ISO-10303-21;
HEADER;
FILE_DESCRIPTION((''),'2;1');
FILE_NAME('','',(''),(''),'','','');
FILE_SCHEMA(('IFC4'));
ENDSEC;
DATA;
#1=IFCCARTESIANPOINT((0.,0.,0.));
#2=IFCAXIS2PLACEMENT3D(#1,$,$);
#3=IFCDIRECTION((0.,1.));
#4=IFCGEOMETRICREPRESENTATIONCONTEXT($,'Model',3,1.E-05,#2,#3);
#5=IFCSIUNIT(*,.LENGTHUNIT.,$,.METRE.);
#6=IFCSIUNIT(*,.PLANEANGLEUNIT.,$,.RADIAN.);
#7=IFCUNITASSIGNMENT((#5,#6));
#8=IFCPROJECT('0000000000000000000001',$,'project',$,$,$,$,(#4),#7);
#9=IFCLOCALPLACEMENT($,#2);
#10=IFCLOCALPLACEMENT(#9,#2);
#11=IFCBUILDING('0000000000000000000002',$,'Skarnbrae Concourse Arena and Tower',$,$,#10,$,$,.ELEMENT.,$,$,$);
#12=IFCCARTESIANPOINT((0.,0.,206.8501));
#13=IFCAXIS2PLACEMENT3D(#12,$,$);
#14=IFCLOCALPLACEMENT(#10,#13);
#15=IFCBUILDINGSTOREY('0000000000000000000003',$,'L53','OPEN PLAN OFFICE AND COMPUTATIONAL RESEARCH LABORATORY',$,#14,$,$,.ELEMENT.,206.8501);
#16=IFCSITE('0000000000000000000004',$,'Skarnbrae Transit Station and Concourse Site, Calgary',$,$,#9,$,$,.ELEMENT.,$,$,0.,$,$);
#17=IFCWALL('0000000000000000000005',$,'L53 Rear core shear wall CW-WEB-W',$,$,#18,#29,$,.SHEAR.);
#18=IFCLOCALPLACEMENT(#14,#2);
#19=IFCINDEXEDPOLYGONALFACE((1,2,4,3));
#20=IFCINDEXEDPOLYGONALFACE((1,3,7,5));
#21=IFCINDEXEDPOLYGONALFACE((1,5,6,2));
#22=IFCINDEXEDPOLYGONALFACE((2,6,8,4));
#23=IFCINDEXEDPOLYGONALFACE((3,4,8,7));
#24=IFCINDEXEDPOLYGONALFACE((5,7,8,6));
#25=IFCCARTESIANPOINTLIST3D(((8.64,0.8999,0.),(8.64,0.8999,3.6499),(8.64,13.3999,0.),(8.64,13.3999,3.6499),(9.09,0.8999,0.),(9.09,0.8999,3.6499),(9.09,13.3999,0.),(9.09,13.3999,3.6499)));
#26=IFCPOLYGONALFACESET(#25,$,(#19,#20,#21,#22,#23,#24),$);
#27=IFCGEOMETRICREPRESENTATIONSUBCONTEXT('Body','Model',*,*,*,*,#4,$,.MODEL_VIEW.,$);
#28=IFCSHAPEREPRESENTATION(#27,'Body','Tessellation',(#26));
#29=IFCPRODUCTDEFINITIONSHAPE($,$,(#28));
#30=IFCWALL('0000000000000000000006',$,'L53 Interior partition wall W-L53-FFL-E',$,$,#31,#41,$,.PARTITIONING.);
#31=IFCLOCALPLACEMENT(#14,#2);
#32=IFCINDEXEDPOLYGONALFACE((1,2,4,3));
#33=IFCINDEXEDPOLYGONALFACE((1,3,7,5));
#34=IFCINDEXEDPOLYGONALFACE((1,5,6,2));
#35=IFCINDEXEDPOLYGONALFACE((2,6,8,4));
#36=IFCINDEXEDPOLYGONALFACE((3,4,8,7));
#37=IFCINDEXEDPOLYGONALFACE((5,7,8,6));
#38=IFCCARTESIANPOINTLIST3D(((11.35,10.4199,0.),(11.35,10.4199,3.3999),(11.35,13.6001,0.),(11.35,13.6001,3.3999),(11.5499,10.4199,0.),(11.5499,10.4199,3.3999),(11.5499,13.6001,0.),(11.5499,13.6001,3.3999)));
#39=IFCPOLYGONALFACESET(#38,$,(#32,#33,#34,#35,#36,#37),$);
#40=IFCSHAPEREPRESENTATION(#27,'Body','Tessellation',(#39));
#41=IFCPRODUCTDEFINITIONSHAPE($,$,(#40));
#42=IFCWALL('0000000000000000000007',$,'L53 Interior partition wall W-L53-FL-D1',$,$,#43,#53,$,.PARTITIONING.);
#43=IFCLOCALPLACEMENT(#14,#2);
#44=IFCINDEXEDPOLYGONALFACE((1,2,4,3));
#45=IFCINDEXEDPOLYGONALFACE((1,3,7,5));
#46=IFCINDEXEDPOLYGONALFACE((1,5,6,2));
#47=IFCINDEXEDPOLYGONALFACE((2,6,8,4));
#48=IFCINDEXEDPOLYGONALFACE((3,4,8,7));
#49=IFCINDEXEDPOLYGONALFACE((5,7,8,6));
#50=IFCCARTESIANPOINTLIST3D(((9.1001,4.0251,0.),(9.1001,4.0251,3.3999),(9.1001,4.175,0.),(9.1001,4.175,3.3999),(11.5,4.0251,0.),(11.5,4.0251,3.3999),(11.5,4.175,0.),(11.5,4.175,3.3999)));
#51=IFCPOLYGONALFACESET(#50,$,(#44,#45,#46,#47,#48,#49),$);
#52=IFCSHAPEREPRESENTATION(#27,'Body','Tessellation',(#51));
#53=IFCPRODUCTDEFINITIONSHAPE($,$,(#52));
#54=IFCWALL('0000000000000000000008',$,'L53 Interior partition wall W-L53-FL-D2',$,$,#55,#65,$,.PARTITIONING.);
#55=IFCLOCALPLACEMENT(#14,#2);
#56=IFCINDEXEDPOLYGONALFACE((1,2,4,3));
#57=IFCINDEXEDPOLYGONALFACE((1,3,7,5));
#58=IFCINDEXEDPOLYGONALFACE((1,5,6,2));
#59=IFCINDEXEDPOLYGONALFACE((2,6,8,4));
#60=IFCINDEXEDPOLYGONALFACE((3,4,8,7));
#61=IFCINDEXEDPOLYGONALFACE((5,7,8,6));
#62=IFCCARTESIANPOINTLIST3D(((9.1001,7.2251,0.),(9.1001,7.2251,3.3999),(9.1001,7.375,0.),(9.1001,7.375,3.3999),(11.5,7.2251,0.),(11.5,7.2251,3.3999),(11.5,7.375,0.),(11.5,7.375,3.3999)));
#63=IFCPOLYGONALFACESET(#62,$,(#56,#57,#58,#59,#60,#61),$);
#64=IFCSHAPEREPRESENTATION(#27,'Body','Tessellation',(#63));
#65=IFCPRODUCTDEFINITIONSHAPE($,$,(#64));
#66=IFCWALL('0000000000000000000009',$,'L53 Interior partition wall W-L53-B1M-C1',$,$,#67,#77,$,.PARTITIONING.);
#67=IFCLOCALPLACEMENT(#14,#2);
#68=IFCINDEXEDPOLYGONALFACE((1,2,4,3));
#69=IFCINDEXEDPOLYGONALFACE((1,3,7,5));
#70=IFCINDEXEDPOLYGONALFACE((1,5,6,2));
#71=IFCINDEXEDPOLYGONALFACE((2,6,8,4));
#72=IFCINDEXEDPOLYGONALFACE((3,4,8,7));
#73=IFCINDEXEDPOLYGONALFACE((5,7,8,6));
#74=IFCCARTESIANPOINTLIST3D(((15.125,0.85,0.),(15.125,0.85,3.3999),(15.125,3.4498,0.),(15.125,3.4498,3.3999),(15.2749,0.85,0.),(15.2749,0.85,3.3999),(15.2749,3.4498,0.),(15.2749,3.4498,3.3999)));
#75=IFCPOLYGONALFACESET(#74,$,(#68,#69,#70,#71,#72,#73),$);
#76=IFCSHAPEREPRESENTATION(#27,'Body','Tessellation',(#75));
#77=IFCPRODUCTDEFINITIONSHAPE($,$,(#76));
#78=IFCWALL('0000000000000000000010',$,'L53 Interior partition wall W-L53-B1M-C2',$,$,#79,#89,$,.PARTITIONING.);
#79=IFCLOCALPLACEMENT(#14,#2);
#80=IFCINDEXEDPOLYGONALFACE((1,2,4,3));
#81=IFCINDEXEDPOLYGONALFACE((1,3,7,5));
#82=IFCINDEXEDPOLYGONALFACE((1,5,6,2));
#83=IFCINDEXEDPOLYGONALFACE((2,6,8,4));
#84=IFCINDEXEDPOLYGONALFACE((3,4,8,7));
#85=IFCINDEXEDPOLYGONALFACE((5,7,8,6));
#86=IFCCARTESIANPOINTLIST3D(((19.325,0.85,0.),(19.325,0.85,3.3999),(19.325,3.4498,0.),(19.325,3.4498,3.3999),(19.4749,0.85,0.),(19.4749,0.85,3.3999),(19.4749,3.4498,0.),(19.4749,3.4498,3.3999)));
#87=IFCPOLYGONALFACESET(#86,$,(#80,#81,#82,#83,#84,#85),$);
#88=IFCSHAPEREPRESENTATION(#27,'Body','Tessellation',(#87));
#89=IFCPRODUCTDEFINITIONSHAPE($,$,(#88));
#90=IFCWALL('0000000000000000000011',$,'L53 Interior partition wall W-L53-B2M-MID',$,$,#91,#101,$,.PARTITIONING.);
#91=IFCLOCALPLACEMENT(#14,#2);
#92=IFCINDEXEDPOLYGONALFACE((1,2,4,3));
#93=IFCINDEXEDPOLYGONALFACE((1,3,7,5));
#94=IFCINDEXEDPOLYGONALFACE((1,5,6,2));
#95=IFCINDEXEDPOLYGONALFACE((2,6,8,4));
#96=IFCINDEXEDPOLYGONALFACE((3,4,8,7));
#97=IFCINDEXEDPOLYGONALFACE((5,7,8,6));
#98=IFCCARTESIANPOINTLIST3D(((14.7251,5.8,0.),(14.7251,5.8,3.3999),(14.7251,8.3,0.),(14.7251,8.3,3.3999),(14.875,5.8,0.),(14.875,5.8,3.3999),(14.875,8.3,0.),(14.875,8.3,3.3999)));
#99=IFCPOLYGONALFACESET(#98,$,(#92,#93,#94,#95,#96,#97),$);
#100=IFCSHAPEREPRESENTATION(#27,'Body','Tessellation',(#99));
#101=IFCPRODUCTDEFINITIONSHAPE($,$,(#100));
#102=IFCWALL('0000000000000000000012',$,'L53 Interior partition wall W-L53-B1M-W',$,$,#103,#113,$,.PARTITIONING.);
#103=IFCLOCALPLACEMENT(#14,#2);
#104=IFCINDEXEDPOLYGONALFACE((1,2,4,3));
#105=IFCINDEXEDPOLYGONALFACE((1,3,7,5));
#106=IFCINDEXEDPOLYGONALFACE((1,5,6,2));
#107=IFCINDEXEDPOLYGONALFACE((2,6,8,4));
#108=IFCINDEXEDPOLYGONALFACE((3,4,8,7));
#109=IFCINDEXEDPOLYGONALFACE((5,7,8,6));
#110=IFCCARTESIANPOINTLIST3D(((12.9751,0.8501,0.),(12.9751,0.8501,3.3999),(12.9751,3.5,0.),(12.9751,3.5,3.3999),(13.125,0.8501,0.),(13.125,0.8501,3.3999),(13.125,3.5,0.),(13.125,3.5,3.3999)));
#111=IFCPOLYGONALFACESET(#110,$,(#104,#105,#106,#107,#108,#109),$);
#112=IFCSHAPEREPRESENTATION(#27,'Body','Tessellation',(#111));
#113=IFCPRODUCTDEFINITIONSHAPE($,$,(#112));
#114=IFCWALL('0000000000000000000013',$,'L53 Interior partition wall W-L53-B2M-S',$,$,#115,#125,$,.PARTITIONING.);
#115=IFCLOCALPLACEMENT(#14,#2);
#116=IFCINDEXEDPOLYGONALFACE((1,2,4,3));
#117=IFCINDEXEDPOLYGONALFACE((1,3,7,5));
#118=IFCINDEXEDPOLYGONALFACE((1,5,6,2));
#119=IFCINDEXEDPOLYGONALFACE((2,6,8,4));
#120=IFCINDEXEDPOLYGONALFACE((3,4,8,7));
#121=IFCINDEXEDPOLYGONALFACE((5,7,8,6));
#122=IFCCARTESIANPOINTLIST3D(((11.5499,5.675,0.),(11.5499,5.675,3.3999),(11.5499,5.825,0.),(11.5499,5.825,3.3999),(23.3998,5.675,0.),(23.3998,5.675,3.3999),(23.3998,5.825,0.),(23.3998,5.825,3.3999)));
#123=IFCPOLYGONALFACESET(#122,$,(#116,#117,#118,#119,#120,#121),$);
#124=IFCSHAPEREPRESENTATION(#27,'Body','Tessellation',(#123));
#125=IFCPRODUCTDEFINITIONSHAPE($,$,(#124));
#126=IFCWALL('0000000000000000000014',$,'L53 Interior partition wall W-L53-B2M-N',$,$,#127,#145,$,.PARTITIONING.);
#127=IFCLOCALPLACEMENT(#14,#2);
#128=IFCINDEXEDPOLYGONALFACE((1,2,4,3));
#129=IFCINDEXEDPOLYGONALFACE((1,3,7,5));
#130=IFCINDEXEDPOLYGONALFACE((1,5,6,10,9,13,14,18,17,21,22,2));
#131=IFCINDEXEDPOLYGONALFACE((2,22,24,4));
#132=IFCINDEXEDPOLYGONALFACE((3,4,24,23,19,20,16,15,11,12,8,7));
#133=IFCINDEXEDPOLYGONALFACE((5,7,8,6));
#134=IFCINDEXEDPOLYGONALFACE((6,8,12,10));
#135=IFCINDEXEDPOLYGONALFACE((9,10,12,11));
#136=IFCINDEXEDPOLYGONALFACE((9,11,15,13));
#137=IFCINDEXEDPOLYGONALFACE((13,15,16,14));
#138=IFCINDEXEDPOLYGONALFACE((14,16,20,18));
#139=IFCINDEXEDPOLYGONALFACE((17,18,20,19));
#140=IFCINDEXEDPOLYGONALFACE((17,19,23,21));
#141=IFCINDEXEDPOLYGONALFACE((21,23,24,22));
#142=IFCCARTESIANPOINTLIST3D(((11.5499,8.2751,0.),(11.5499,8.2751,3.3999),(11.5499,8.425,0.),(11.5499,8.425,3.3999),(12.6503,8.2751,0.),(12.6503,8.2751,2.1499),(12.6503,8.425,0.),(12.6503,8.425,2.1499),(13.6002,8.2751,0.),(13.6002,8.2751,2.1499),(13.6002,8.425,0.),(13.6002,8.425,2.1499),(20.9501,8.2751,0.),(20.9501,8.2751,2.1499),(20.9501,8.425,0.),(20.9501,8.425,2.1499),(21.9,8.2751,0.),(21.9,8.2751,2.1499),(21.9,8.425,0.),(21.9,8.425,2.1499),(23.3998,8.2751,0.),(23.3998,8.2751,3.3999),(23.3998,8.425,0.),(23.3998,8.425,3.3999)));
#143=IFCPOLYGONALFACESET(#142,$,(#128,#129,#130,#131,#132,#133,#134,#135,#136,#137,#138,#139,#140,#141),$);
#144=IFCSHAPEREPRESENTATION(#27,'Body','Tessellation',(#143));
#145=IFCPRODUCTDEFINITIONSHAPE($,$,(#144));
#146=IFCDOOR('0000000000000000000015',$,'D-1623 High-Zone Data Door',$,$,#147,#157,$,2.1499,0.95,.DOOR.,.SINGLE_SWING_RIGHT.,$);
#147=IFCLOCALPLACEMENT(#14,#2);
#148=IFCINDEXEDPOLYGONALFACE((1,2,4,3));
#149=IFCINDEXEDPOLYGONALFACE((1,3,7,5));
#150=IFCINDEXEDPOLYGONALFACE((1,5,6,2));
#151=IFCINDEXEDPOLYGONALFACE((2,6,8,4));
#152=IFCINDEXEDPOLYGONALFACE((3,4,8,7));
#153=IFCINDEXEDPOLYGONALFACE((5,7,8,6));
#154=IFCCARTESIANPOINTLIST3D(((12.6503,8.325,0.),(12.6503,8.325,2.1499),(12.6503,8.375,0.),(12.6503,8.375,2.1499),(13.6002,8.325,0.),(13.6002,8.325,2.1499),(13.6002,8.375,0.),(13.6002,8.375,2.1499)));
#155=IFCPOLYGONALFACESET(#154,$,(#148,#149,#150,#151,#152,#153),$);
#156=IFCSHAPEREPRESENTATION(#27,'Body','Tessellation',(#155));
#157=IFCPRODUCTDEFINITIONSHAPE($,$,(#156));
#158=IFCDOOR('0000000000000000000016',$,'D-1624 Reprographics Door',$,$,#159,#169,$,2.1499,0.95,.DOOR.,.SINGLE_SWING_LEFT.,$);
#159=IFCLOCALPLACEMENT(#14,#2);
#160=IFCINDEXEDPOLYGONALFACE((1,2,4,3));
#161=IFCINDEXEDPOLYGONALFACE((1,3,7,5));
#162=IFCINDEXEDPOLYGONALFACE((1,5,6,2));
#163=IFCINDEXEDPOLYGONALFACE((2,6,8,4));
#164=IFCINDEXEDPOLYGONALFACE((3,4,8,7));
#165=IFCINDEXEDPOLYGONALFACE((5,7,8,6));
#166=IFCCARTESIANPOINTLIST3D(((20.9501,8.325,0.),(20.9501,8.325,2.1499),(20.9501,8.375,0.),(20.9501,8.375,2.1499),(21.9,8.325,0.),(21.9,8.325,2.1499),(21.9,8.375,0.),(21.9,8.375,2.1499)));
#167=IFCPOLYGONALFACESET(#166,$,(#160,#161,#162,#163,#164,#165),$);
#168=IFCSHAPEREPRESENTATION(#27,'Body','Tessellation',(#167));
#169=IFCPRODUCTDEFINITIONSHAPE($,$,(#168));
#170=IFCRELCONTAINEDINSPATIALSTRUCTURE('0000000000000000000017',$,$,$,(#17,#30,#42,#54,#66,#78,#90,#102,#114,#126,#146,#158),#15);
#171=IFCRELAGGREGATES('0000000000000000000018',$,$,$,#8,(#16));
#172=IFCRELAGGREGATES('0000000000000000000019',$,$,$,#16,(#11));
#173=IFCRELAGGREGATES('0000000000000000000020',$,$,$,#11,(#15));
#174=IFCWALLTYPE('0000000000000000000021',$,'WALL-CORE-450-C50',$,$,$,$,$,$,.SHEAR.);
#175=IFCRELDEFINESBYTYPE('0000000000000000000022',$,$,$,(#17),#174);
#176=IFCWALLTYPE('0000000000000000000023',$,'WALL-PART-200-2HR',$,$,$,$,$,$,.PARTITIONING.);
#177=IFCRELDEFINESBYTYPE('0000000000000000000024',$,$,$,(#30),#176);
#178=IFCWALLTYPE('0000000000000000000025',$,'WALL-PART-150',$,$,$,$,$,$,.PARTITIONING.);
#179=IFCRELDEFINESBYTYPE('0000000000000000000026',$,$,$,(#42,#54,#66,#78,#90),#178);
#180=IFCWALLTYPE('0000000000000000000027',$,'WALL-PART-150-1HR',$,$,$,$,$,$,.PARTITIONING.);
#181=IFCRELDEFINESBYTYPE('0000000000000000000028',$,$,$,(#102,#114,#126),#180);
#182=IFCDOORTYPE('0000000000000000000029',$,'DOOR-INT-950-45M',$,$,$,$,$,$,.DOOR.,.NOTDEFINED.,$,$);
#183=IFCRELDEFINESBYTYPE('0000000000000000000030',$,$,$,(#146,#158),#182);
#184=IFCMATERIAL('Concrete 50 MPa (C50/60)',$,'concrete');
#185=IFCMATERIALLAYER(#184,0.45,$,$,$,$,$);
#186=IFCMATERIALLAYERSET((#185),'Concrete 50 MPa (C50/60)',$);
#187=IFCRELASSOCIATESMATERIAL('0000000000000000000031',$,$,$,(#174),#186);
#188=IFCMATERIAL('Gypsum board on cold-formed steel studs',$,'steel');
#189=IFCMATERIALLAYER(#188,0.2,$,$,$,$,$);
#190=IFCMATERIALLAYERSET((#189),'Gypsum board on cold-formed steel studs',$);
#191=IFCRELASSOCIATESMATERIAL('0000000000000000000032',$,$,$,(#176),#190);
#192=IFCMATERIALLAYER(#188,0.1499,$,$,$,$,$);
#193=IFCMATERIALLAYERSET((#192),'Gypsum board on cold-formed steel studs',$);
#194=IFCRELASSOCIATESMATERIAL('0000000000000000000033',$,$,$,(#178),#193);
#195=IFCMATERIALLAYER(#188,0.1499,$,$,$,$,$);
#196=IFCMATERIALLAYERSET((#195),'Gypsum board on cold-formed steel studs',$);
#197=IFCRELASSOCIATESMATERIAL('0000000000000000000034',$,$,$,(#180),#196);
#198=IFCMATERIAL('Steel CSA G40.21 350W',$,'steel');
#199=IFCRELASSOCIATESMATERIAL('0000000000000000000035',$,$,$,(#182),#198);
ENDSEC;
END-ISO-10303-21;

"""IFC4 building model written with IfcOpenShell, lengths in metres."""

from ifc_helpers import new_model, si_unit, direction, frame, frame_2d, origin, place, context, subcontext, project, spatial, rectangle, extrude, source, transform, mapped, material, layer, layer_set, type_object, element, fill, save


model = new_model("IFC4")

# Units and contexts
model_context = context("Model", 3, precision=1e-05, world=origin(), true_north=direction((0.0, 1.0)))
body_context = subcontext(model_context, "Body", "Model", "MODEL_VIEW")
ifc_project = project(units=[si_unit("LENGTHUNIT", "METRE"), si_unit("PLANEANGLEUNIT", "RADIAN")], contexts=[model_context])

# Site, building, storey
site_placement = place(None, origin())
site = spatial("IfcSite", under=ifc_project, at=site_placement, Name="Skarnbrae Transit Station and Concourse Site, Calgary", CompositionType="ELEMENT", RefElevation=0.0)
building_placement = place(site_placement, origin())
building = spatial("IfcBuilding", under=site, at=building_placement, Name="Skarnbrae Concourse Arena and Tower", CompositionType="ELEMENT")
storey_placement = place(building_placement, frame((0.0, 0.0, 206.8501)))
storey = spatial("IfcBuildingStorey", under=building, at=storey_placement, Name="L53", Description="OPEN PLAN OFFICE AND COMPUTATIONAL RESEARCH LABORATORY", CompositionType="ELEMENT", Elevation=206.8501)

# Walls
ifc_material_1 = material(Name="Concrete 50 MPa (C50/60)", Category="concrete")
ifc_layer_1 = layer(ifc_material_1, 0.45)
ifc_layer_set_1 = layer_set([ifc_layer_1], Name="Concrete 50 MPa (C50/60)")
wall_type_1 = type_object("IfcWallType", Name="WALL-CORE-450-C50", PredefinedType="SHEAR", material=ifc_layer_set_1)
shared_shape_1 = source(origin(), body_context, "Body", "SweptSolid", [
    extrude(rectangle(XDim=12.5, YDim=0.45, at=frame_2d((6.25, 0.0))), origin(), (0.0, 0.0, 1.0), 3.6499),
])
wall_1_placement = place(storey_placement, frame((8.865, 0.8999, 0.0), z_axis=(0.0, 0.0, 1.0), x_axis=(0.0, 1.0, 0.0)))
element("IfcWall", 1, at=wall_1_placement, inside=storey, type_object=wall_type_1, Name="L53 Rear core shear wall CW-WEB-W", PredefinedType="SHEAR", context=body_context, shape_type="MappedRepresentation", body=[
    mapped(shared_shape_1, transform((0.0, 0.0, 0.0))),
])
ifc_material_2 = material(Name="Gypsum board on cold-formed steel studs", Category="steel")
ifc_layer_2 = layer(ifc_material_2, 0.2)
ifc_layer_set_2 = layer_set([ifc_layer_2], Name="Gypsum board on cold-formed steel studs")
wall_type_2 = type_object("IfcWallType", Name="WALL-PART-200-2HR", PredefinedType="PARTITIONING", material=ifc_layer_set_2)
shared_shape_2 = source(origin(), body_context, "Body", "SweptSolid", [
    extrude(rectangle(XDim=3.1802, YDim=0.2, at=frame_2d((1.5901, 0.0))), origin(), (0.0, 0.0, 1.0), 3.3999),
])
wall_2_placement = place(storey_placement, frame((11.45, 10.4199, 0.0), z_axis=(0.0, 0.0, 1.0), x_axis=(0.0, 1.0, 0.0)))
element("IfcWall", 2, at=wall_2_placement, inside=storey, type_object=wall_type_2, Name="L53 Interior partition wall W-L53-FFL-E", PredefinedType="PARTITIONING", context=body_context, shape_type="MappedRepresentation", body=[
    mapped(shared_shape_2, transform((0.0, 0.0, 0.0))),
])

# Shared definitions
ifc_material_3 = material(Name="Steel CSA G40.21 350W", Category="steel")

# Walls
ifc_layer_3 = layer(ifc_material_2, 0.1499)
ifc_layer_set_3 = layer_set([ifc_layer_3], Name="Gypsum board on cold-formed steel studs")
wall_type_3 = type_object("IfcWallType", Name="WALL-PART-150", PredefinedType="PARTITIONING", material=ifc_layer_set_3)
shared_shape_3 = source(origin(), body_context, "Body", "SweptSolid", [
    extrude(rectangle(XDim=2.3999, YDim=0.1499, at=frame_2d((1.2, 0.0))), origin(), (0.0, 0.0, 1.0), 3.3999),
])
for number, where, z_axis, x_axis, name in (
    (3, (9.1001, 4.1001, 0.0), (0.0, 0.0, 1.0), (1.0, 0.0, 0.0), "L53 Interior partition wall W-L53-FL-D1"),
    (4, (9.1001, 7.3, 0.0), (0.0, 0.0, 1.0), (1.0, 0.0, 0.0), "L53 Interior partition wall W-L53-FL-D2"),
):
    element("IfcWall", number, at=place(storey_placement, frame(where, z_axis=z_axis, x_axis=x_axis)), inside=storey, type_object=wall_type_3, Name=name, PredefinedType="PARTITIONING", context=body_context, shape_type="MappedRepresentation", body=[
        mapped(shared_shape_3, transform((0.0, 0.0, 0.0))),
    ])
shared_shape_4 = source(origin(), body_context, "Body", "SweptSolid", [
    extrude(rectangle(XDim=2.5999, YDim=0.1499, at=frame_2d((1.2998, 0.0))), origin(), (0.0, 0.0, 1.0), 3.3999),
])
for number, where, z_axis, x_axis, name in (
    (5, (15.2, 0.8501, 0.0), (0.0, 0.0, 1.0), (0.0, 1.0, 0.0), "L53 Interior partition wall W-L53-B1M-C1"),
    (6, (19.3999, 0.8501, 0.0), (0.0, 0.0, 1.0), (0.0, 1.0, 0.0), "L53 Interior partition wall W-L53-B1M-C2"),
):
    element("IfcWall", number, at=place(storey_placement, frame(where, z_axis=z_axis, x_axis=x_axis)), inside=storey, type_object=wall_type_3, Name=name, PredefinedType="PARTITIONING", context=body_context, shape_type="MappedRepresentation", body=[
        mapped(shared_shape_4, transform((0.0, 0.0, 0.0))),
    ])
shared_shape_5 = source(origin(), body_context, "Body", "SweptSolid", [
    extrude(rectangle(XDim=2.5, YDim=0.1499, at=frame_2d((1.25, 0.0))), origin(), (0.0, 0.0, 1.0), 3.3999),
])
wall_3_placement = place(storey_placement, frame((14.8, 5.8, 0.0), z_axis=(0.0, 0.0, 1.0), x_axis=(0.0, 1.0, 0.0)))
element("IfcWall", 7, at=wall_3_placement, inside=storey, type_object=wall_type_3, Name="L53 Interior partition wall W-L53-B2M-MID", PredefinedType="PARTITIONING", context=body_context, shape_type="MappedRepresentation", body=[
    mapped(shared_shape_5, transform((0.0, 0.0, 0.0))),
])
ifc_layer_4 = layer(ifc_material_2, 0.1499)
ifc_layer_set_4 = layer_set([ifc_layer_4], Name="Gypsum board on cold-formed steel studs")
wall_type_4 = type_object("IfcWallType", Name="WALL-PART-150-1HR", PredefinedType="PARTITIONING", material=ifc_layer_set_4)
shared_shape_6 = source(origin(), body_context, "Body", "SweptSolid", [
    extrude(rectangle(XDim=2.6499, YDim=0.1499, at=frame_2d((1.325, 0.0))), origin(), (0.0, 0.0, 1.0), 3.3999),
])
wall_4_placement = place(storey_placement, frame((13.05, 0.8501, 0.0), z_axis=(0.0, 0.0, 1.0), x_axis=(0.0, 1.0, 0.0)))
element("IfcWall", 8, at=wall_4_placement, inside=storey, type_object=wall_type_4, Name="L53 Interior partition wall W-L53-B1M-W", PredefinedType="PARTITIONING", context=body_context, shape_type="MappedRepresentation", body=[
    mapped(shared_shape_6, transform((0.0, 0.0, 0.0))),
])

# Shared definitions
door_type_1 = type_object("IfcDoorType", Name="DOOR-INT-950-45M", OperationType="NOTDEFINED", PredefinedType="DOOR", material=ifc_material_3)
shared_shape_7 = source(origin(), body_context, "Body", "SweptSolid", [
    extrude(rectangle(XDim=0.95, YDim=2.1499, at=frame_2d((0.4751, 1.075))), frame((0.0, 0.0249, 0.0), z_axis=(0.0, -1.0, 0.0), x_axis=(1.0, 0.0, 0.0)), (0.0, 0.0, 1.0), 0.05),
])

# Wall
shared_shape_8 = source(origin(), body_context, "Body", "SweptSolid", [
    extrude(rectangle(XDim=11.8499, YDim=0.1499, at=frame_2d((5.9248, 0.0))), origin(), (0.0, 0.0, 1.0), 3.3999),
])
wall_5_placement = place(storey_placement, frame((11.55, 5.75, 0.0), z_axis=(0.0, 0.0, 1.0), x_axis=(1.0, 0.0, 0.0)))
element("IfcWall", 9, at=wall_5_placement, inside=storey, type_object=wall_type_4, Name="L53 Interior partition wall W-L53-B2M-S", PredefinedType="PARTITIONING", context=body_context, shape_type="MappedRepresentation", body=[
    mapped(shared_shape_8, transform((0.0, 0.0, 0.0))),
])

# Wall, openings, doors
wall_6_placement = place(storey_placement, frame((11.55, 8.3501, 0.0), z_axis=(0.0, 0.0, 1.0), x_axis=(1.0, 0.0, 0.0)))
wall_6 = element("IfcWall", 10, at=wall_6_placement, inside=storey, type_object=wall_type_4, Name="L53 Interior partition wall W-L53-B2M-N", PredefinedType="PARTITIONING", context=body_context, shape_type="MappedRepresentation", body=[
    mapped(shared_shape_8, transform((0.0, 0.0, 0.0))),
])
opening_1_placement = place(wall_6_placement, frame((1.1001, 0.0, 0.0)))
opening_1 = element("IfcOpeningElement", 11, at=opening_1_placement, cuts=wall_6, PredefinedType="OPENING", context=body_context, shape_type="SweptSolid", body=[
    extrude(rectangle(XDim=0.95, YDim=2.1499, at=frame_2d((0.4751, 1.075))), frame((0.0, 0.085, 0.0), z_axis=(0.0, -1.0, 0.0), x_axis=(1.0, 0.0, 0.0)), (0.0, 0.0, 1.0), 0.1699),
])
opening_2_placement = place(wall_6_placement, frame((9.3999, 0.0, 0.0)))
opening_2 = element("IfcOpeningElement", 12, at=opening_2_placement, cuts=wall_6, PredefinedType="OPENING", context=body_context, shape_type="SweptSolid", body=[
    extrude(rectangle(XDim=0.95, YDim=2.1499, at=frame_2d((0.4751, 1.075))), frame((0.0, 0.085, 0.0), z_axis=(0.0, -1.0, 0.0), x_axis=(1.0, 0.0, 0.0)), (0.0, 0.0, 1.0), 0.1699),
])
door_1_placement = place(opening_1_placement, origin())
door_1 = element("IfcDoor", 13, at=door_1_placement, inside=storey, type_object=door_type_1, Name="D-1623 High-Zone Data Door", OperationType="SINGLE_SWING_RIGHT", OverallHeight=2.1499, OverallWidth=0.95, PredefinedType="DOOR", context=body_context, shape_type="MappedRepresentation", body=[
    mapped(shared_shape_7, transform((0.0, 0.0, 0.0))),
])
fill(opening_1, door_1)
door_2_placement = place(opening_2_placement, origin())
door_2 = element("IfcDoor", 14, at=door_2_placement, inside=storey, type_object=door_type_1, Name="D-1624 Reprographics Door", OperationType="SINGLE_SWING_LEFT", OverallHeight=2.1499, OverallWidth=0.95, PredefinedType="DOOR", context=body_context, shape_type="MappedRepresentation", body=[
    mapped(shared_shape_7, transform((0.0, 0.0, 0.0))),
])
fill(opening_2, door_2)

save(model, "model.ifc")
